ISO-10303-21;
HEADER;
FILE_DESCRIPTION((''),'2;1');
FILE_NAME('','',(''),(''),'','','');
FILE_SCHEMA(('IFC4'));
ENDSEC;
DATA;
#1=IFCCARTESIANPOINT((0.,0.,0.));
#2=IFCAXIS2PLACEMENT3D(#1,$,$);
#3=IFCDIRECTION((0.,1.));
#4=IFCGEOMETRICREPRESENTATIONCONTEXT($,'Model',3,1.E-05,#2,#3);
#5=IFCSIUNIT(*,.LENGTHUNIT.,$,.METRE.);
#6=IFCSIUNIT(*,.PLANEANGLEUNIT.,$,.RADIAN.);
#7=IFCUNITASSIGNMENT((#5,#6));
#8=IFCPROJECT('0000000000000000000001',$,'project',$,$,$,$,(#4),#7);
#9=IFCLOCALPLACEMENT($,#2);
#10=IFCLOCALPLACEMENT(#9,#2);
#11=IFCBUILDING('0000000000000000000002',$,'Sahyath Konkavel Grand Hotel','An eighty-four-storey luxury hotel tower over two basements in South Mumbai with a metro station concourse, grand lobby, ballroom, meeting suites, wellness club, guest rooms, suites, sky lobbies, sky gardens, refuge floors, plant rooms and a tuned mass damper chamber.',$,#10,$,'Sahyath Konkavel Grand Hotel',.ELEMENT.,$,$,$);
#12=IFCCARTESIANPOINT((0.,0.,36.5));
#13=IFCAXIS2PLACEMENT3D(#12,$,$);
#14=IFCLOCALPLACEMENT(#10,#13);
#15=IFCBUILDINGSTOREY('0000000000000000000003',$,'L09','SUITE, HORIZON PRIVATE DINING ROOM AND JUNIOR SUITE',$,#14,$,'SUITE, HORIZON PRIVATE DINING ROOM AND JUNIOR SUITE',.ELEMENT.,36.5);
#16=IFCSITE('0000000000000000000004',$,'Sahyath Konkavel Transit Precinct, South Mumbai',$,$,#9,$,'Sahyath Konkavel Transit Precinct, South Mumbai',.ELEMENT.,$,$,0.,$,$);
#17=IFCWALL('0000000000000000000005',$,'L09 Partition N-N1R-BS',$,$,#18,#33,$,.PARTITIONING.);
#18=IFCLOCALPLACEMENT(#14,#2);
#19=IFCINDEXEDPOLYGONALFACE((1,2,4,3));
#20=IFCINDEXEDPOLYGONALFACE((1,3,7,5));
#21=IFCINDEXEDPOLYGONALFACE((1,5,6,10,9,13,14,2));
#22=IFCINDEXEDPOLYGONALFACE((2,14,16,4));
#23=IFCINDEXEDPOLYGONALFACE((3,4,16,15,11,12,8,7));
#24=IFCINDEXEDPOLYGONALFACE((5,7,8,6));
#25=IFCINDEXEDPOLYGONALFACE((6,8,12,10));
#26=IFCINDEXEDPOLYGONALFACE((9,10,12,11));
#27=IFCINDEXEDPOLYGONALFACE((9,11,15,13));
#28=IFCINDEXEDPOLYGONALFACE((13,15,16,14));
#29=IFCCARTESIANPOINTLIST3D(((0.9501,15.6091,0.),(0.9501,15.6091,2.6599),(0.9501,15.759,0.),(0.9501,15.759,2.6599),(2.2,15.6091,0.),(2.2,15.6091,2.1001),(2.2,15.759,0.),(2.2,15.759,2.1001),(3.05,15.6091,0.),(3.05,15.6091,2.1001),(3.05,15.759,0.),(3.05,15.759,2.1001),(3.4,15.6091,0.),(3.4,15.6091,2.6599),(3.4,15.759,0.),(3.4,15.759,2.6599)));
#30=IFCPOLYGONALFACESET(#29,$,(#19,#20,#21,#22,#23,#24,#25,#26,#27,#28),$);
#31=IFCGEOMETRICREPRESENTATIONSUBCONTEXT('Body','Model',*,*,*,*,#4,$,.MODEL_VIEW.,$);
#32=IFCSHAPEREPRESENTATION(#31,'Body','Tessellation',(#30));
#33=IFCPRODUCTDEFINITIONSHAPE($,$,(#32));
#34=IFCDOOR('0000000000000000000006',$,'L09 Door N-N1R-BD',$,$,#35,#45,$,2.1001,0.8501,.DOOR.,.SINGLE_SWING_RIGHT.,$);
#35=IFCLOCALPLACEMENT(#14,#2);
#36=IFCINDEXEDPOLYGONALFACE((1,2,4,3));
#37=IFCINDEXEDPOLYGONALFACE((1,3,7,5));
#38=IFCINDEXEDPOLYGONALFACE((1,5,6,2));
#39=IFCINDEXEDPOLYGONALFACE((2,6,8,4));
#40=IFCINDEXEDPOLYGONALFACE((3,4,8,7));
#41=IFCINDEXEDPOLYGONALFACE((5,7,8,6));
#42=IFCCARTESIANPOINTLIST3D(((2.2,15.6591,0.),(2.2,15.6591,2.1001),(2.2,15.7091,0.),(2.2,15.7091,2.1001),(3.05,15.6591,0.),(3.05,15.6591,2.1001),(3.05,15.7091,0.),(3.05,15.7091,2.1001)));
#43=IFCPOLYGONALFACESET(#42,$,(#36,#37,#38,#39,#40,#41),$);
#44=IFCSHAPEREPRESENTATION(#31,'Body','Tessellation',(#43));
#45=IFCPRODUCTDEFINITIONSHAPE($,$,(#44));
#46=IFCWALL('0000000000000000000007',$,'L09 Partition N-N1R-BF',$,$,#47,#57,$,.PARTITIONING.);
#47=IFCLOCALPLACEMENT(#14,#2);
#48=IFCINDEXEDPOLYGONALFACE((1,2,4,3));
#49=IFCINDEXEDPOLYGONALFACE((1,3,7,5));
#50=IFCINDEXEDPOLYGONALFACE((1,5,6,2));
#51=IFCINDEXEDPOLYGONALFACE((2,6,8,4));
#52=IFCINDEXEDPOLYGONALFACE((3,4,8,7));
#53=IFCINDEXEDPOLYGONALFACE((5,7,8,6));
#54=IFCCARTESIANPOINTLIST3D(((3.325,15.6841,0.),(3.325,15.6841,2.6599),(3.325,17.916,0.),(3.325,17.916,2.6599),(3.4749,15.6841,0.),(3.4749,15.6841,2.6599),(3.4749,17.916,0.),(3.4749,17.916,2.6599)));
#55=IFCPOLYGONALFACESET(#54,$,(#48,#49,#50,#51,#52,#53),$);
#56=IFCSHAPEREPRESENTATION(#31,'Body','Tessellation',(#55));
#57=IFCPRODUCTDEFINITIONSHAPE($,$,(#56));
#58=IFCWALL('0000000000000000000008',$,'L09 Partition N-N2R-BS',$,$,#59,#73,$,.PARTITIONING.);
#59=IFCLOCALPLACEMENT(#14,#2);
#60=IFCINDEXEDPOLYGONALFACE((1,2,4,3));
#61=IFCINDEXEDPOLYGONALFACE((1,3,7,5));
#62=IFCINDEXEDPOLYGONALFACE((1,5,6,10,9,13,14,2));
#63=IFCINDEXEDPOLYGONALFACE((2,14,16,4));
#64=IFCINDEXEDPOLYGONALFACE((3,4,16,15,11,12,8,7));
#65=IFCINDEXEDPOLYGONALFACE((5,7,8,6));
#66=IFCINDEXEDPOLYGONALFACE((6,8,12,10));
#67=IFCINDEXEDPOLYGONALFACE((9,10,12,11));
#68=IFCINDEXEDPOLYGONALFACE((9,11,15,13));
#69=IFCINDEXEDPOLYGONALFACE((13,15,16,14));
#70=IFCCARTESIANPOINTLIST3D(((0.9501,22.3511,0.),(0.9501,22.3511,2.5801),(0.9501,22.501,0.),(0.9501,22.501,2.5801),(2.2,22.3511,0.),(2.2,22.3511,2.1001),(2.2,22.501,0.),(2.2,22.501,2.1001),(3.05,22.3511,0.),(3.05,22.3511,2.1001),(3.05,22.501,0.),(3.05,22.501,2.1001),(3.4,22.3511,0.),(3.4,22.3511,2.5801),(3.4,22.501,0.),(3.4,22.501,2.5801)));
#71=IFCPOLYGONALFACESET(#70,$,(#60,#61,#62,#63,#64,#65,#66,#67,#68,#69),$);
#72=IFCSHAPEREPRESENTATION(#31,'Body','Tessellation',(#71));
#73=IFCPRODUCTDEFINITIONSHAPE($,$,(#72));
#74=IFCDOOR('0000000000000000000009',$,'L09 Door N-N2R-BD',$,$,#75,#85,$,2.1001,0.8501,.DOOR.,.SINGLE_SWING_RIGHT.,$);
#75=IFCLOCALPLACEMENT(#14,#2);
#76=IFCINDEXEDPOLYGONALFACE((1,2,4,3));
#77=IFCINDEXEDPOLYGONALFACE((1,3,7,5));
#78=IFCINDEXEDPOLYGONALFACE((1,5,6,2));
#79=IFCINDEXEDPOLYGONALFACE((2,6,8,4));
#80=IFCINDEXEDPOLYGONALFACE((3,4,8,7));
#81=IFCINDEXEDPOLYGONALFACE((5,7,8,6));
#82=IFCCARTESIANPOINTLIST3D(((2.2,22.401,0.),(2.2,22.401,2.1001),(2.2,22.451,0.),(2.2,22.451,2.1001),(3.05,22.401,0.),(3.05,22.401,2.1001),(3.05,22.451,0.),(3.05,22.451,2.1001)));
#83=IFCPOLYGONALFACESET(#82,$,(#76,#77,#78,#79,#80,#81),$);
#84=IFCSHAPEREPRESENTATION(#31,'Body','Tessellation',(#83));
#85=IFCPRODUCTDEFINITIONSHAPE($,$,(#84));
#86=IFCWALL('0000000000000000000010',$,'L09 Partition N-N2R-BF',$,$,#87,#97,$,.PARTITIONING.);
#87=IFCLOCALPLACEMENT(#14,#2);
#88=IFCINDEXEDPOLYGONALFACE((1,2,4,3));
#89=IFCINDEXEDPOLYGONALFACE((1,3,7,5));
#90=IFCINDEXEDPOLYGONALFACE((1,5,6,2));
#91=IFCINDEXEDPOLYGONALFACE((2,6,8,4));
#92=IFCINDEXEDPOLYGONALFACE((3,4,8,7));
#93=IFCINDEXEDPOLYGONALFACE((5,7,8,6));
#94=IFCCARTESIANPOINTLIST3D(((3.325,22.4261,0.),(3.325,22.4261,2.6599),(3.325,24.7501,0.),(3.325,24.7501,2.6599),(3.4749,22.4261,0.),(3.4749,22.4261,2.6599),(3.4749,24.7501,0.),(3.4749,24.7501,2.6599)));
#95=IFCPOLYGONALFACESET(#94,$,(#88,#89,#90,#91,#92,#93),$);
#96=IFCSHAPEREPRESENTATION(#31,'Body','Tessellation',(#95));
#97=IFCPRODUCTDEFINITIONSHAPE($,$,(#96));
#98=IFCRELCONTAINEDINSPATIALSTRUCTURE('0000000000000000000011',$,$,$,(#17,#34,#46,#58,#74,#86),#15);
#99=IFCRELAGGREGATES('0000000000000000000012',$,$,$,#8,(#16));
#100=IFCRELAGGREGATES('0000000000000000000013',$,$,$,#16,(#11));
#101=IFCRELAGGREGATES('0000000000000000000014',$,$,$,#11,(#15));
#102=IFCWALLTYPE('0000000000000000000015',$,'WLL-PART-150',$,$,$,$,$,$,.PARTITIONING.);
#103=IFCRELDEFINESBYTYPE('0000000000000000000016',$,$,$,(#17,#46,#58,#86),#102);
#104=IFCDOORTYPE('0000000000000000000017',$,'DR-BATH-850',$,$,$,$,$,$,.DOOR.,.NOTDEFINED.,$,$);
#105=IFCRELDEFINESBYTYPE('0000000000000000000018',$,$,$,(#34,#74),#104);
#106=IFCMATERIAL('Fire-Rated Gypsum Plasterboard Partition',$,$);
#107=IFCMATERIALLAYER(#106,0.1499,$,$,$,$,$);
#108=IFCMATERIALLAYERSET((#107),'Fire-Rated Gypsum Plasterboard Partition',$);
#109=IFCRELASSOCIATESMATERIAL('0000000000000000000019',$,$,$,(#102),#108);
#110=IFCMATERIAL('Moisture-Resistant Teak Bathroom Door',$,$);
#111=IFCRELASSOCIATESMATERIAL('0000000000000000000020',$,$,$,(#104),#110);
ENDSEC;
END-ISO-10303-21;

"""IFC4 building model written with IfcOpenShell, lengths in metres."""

from ifc_helpers import new_model, si_unit, direction, frame, frame_2d, origin, origin_2d, place, context, subcontext, project, spatial, rectangle, extrude, source, transform, mapped, material, layer, layer_set, type_object, element, fill, save


model = new_model("IFC4")

# Units and contexts
model_context = context("Model", 3, precision=1e-05, world=origin(), true_north=direction((0.0, 1.0)))
body_context = subcontext(model_context, "Body", "Model", "MODEL_VIEW")
ifc_project = project(units=[si_unit("LENGTHUNIT", "METRE"), si_unit("PLANEANGLEUNIT", "RADIAN")], contexts=[model_context])

# Site, building, storey
site_placement = place(None, origin())
site = spatial("IfcSite", under=ifc_project, at=site_placement, Name="Sahyath Konkavel Transit Precinct, South Mumbai", LongName="Sahyath Konkavel Transit Precinct, South Mumbai", CompositionType="ELEMENT", RefElevation=0.0)
building_placement = place(site_placement, origin())
building = spatial("IfcBuilding", under=site, at=building_placement, Name="Sahyath Konkavel Grand Hotel", Description="An eighty-four-storey luxury hotel tower over two basements in South Mumbai with a metro station concourse, grand lobby, ballroom, meeting suites, wellness club, guest rooms, suites, sky lobbies, sky gardens, refuge floors, plant rooms and a tuned mass damper chamber.", LongName="Sahyath Konkavel Grand Hotel", CompositionType="ELEMENT")
storey_placement = place(building_placement, frame((0.0, 0.0, 36.5)))
storey = spatial("IfcBuildingStorey", under=building, at=storey_placement, Name="L09", Description="SUITE, HORIZON PRIVATE DINING ROOM AND JUNIOR SUITE", LongName="SUITE, HORIZON PRIVATE DINING ROOM AND JUNIOR SUITE", CompositionType="ELEMENT", Elevation=36.5)

# Shared definitions
ifc_material_1 = material(Name="Fire-Rated Gypsum Plasterboard Partition")
ifc_layer_1 = layer(ifc_material_1, 0.1499)
ifc_layer_set_1 = layer_set([ifc_layer_1], Name="Fire-Rated Gypsum Plasterboard Partition")
wall_type_1 = type_object("IfcWallType", Name="WLL-PART-150", PredefinedType="PARTITIONING", material=ifc_layer_set_1)
shared_shape_1 = source(origin(), body_context, "Body", "SweptSolid", [
    extrude(rectangle(XDim=0.8501, YDim=0.05, at=origin_2d()), origin(), (0.0, 0.0, 1.0), 2.1001),
])

# Wall, opening, door
wall_1_placement = place(storey_placement, frame((0.95, 15.6841, 0.0), z_axis=(0.0, 0.0, 1.0), x_axis=(1.0, 0.0, 0.0)))
wall_1 = element("IfcWall", 1, at=wall_1_placement, inside=storey, type_object=wall_type_1, Name="L09 Partition N-N1R-BS", PredefinedType="PARTITIONING", context=body_context, shape_type="SweptSolid", body=[
    extrude(rectangle(XDim=2.45, YDim=0.1499, at=frame_2d((1.2251, 0.0))), origin(), (0.0, 0.0, 1.0), 2.6599),
])
opening_1_placement = place(wall_1_placement, frame((1.25, 0.0, 0.0)))
opening_1 = element("IfcOpeningElement", 2, at=opening_1_placement, cuts=wall_1, PredefinedType="OPENING", context=body_context, shape_type="SweptSolid", body=[
    extrude(rectangle(XDim=0.8501, YDim=2.1001, at=frame_2d((0.425, 1.05))), frame((0.0, 0.085, 0.0), z_axis=(0.0, -1.0, 0.0), x_axis=(1.0, 0.0, 0.0)), (0.0, 0.0, 1.0), 0.1699),
])
ifc_material_2 = material(Name="Moisture-Resistant Teak Bathroom Door")
door_type_1 = type_object("IfcDoorType", Name="DR-BATH-850", OperationType="NOTDEFINED", PredefinedType="DOOR", material=ifc_material_2)
door_1_placement = place(opening_1_placement, frame((0.425, 0.0, 0.0)))
door_1 = element("IfcDoor", 3, at=door_1_placement, inside=storey, type_object=door_type_1, Name="L09 Door N-N1R-BD", OperationType="SINGLE_SWING_RIGHT", OverallHeight=2.1001, OverallWidth=0.8501, PredefinedType="DOOR", context=body_context, shape_type="MappedRepresentation", body=[
    mapped(shared_shape_1, transform((0.0, 0.0, 0.0), scale=1.0)),
])
fill(opening_1, door_1)

# Wall
wall_2_placement = place(storey_placement, frame((3.3999, 15.6841, 0.0), z_axis=(0.0, 0.0, 1.0), x_axis=(0.0, 1.0, 0.0)))
element("IfcWall", 4, at=wall_2_placement, inside=storey, type_object=wall_type_1, Name="L09 Partition N-N1R-BF", PredefinedType="PARTITIONING", context=body_context, shape_type="SweptSolid", body=[
    extrude(rectangle(XDim=2.2319, YDim=0.1499, at=frame_2d((1.116, 0.0))), origin(), (0.0, 0.0, 1.0), 2.6599),
])

# Wall, opening, door
wall_3_placement = place(storey_placement, frame((0.95, 22.426, 0.0), z_axis=(0.0, 0.0, 1.0), x_axis=(1.0, 0.0, 0.0)))
wall_3 = element("IfcWall", 5, at=wall_3_placement, inside=storey, type_object=wall_type_1, Name="L09 Partition N-N2R-BS", PredefinedType="PARTITIONING", context=body_context, shape_type="SweptSolid", body=[
    extrude(rectangle(XDim=2.45, YDim=0.1499, at=frame_2d((1.2251, 0.0))), origin(), (0.0, 0.0, 1.0), 2.5801),
])
opening_2_placement = place(wall_3_placement, frame((1.25, 0.0, 0.0)))
opening_2 = element("IfcOpeningElement", 6, at=opening_2_placement, cuts=wall_3, PredefinedType="OPENING", context=body_context, shape_type="SweptSolid", body=[
    extrude(rectangle(XDim=0.8501, YDim=2.1001, at=frame_2d((0.425, 1.05))), frame((0.0, 0.085, 0.0), z_axis=(0.0, -1.0, 0.0), x_axis=(1.0, 0.0, 0.0)), (0.0, 0.0, 1.0), 0.1699),
])
door_2_placement = place(opening_2_placement, frame((0.425, 0.0, 0.0)))
door_2 = element("IfcDoor", 7, at=door_2_placement, inside=storey, type_object=door_type_1, Name="L09 Door N-N2R-BD", OperationType="SINGLE_SWING_RIGHT", OverallHeight=2.1001, OverallWidth=0.8501, PredefinedType="DOOR", context=body_context, shape_type="MappedRepresentation", body=[
    mapped(shared_shape_1, transform((0.0, 0.0, 0.0), scale=1.0)),
])
fill(opening_2, door_2)

# Wall
wall_4_placement = place(storey_placement, frame((3.3999, 22.426, 0.0), z_axis=(0.0, 0.0, 1.0), x_axis=(0.0, 1.0, 0.0)))
element("IfcWall", 8, at=wall_4_placement, inside=storey, type_object=wall_type_1, Name="L09 Partition N-N2R-BF", PredefinedType="PARTITIONING", context=body_context, shape_type="SweptSolid", body=[
    extrude(rectangle(XDim=2.324, YDim=0.1499, at=frame_2d((1.1621, 0.0))), origin(), (0.0, 0.0, 1.0), 2.6599),
])

save(model, "model.ifc")
